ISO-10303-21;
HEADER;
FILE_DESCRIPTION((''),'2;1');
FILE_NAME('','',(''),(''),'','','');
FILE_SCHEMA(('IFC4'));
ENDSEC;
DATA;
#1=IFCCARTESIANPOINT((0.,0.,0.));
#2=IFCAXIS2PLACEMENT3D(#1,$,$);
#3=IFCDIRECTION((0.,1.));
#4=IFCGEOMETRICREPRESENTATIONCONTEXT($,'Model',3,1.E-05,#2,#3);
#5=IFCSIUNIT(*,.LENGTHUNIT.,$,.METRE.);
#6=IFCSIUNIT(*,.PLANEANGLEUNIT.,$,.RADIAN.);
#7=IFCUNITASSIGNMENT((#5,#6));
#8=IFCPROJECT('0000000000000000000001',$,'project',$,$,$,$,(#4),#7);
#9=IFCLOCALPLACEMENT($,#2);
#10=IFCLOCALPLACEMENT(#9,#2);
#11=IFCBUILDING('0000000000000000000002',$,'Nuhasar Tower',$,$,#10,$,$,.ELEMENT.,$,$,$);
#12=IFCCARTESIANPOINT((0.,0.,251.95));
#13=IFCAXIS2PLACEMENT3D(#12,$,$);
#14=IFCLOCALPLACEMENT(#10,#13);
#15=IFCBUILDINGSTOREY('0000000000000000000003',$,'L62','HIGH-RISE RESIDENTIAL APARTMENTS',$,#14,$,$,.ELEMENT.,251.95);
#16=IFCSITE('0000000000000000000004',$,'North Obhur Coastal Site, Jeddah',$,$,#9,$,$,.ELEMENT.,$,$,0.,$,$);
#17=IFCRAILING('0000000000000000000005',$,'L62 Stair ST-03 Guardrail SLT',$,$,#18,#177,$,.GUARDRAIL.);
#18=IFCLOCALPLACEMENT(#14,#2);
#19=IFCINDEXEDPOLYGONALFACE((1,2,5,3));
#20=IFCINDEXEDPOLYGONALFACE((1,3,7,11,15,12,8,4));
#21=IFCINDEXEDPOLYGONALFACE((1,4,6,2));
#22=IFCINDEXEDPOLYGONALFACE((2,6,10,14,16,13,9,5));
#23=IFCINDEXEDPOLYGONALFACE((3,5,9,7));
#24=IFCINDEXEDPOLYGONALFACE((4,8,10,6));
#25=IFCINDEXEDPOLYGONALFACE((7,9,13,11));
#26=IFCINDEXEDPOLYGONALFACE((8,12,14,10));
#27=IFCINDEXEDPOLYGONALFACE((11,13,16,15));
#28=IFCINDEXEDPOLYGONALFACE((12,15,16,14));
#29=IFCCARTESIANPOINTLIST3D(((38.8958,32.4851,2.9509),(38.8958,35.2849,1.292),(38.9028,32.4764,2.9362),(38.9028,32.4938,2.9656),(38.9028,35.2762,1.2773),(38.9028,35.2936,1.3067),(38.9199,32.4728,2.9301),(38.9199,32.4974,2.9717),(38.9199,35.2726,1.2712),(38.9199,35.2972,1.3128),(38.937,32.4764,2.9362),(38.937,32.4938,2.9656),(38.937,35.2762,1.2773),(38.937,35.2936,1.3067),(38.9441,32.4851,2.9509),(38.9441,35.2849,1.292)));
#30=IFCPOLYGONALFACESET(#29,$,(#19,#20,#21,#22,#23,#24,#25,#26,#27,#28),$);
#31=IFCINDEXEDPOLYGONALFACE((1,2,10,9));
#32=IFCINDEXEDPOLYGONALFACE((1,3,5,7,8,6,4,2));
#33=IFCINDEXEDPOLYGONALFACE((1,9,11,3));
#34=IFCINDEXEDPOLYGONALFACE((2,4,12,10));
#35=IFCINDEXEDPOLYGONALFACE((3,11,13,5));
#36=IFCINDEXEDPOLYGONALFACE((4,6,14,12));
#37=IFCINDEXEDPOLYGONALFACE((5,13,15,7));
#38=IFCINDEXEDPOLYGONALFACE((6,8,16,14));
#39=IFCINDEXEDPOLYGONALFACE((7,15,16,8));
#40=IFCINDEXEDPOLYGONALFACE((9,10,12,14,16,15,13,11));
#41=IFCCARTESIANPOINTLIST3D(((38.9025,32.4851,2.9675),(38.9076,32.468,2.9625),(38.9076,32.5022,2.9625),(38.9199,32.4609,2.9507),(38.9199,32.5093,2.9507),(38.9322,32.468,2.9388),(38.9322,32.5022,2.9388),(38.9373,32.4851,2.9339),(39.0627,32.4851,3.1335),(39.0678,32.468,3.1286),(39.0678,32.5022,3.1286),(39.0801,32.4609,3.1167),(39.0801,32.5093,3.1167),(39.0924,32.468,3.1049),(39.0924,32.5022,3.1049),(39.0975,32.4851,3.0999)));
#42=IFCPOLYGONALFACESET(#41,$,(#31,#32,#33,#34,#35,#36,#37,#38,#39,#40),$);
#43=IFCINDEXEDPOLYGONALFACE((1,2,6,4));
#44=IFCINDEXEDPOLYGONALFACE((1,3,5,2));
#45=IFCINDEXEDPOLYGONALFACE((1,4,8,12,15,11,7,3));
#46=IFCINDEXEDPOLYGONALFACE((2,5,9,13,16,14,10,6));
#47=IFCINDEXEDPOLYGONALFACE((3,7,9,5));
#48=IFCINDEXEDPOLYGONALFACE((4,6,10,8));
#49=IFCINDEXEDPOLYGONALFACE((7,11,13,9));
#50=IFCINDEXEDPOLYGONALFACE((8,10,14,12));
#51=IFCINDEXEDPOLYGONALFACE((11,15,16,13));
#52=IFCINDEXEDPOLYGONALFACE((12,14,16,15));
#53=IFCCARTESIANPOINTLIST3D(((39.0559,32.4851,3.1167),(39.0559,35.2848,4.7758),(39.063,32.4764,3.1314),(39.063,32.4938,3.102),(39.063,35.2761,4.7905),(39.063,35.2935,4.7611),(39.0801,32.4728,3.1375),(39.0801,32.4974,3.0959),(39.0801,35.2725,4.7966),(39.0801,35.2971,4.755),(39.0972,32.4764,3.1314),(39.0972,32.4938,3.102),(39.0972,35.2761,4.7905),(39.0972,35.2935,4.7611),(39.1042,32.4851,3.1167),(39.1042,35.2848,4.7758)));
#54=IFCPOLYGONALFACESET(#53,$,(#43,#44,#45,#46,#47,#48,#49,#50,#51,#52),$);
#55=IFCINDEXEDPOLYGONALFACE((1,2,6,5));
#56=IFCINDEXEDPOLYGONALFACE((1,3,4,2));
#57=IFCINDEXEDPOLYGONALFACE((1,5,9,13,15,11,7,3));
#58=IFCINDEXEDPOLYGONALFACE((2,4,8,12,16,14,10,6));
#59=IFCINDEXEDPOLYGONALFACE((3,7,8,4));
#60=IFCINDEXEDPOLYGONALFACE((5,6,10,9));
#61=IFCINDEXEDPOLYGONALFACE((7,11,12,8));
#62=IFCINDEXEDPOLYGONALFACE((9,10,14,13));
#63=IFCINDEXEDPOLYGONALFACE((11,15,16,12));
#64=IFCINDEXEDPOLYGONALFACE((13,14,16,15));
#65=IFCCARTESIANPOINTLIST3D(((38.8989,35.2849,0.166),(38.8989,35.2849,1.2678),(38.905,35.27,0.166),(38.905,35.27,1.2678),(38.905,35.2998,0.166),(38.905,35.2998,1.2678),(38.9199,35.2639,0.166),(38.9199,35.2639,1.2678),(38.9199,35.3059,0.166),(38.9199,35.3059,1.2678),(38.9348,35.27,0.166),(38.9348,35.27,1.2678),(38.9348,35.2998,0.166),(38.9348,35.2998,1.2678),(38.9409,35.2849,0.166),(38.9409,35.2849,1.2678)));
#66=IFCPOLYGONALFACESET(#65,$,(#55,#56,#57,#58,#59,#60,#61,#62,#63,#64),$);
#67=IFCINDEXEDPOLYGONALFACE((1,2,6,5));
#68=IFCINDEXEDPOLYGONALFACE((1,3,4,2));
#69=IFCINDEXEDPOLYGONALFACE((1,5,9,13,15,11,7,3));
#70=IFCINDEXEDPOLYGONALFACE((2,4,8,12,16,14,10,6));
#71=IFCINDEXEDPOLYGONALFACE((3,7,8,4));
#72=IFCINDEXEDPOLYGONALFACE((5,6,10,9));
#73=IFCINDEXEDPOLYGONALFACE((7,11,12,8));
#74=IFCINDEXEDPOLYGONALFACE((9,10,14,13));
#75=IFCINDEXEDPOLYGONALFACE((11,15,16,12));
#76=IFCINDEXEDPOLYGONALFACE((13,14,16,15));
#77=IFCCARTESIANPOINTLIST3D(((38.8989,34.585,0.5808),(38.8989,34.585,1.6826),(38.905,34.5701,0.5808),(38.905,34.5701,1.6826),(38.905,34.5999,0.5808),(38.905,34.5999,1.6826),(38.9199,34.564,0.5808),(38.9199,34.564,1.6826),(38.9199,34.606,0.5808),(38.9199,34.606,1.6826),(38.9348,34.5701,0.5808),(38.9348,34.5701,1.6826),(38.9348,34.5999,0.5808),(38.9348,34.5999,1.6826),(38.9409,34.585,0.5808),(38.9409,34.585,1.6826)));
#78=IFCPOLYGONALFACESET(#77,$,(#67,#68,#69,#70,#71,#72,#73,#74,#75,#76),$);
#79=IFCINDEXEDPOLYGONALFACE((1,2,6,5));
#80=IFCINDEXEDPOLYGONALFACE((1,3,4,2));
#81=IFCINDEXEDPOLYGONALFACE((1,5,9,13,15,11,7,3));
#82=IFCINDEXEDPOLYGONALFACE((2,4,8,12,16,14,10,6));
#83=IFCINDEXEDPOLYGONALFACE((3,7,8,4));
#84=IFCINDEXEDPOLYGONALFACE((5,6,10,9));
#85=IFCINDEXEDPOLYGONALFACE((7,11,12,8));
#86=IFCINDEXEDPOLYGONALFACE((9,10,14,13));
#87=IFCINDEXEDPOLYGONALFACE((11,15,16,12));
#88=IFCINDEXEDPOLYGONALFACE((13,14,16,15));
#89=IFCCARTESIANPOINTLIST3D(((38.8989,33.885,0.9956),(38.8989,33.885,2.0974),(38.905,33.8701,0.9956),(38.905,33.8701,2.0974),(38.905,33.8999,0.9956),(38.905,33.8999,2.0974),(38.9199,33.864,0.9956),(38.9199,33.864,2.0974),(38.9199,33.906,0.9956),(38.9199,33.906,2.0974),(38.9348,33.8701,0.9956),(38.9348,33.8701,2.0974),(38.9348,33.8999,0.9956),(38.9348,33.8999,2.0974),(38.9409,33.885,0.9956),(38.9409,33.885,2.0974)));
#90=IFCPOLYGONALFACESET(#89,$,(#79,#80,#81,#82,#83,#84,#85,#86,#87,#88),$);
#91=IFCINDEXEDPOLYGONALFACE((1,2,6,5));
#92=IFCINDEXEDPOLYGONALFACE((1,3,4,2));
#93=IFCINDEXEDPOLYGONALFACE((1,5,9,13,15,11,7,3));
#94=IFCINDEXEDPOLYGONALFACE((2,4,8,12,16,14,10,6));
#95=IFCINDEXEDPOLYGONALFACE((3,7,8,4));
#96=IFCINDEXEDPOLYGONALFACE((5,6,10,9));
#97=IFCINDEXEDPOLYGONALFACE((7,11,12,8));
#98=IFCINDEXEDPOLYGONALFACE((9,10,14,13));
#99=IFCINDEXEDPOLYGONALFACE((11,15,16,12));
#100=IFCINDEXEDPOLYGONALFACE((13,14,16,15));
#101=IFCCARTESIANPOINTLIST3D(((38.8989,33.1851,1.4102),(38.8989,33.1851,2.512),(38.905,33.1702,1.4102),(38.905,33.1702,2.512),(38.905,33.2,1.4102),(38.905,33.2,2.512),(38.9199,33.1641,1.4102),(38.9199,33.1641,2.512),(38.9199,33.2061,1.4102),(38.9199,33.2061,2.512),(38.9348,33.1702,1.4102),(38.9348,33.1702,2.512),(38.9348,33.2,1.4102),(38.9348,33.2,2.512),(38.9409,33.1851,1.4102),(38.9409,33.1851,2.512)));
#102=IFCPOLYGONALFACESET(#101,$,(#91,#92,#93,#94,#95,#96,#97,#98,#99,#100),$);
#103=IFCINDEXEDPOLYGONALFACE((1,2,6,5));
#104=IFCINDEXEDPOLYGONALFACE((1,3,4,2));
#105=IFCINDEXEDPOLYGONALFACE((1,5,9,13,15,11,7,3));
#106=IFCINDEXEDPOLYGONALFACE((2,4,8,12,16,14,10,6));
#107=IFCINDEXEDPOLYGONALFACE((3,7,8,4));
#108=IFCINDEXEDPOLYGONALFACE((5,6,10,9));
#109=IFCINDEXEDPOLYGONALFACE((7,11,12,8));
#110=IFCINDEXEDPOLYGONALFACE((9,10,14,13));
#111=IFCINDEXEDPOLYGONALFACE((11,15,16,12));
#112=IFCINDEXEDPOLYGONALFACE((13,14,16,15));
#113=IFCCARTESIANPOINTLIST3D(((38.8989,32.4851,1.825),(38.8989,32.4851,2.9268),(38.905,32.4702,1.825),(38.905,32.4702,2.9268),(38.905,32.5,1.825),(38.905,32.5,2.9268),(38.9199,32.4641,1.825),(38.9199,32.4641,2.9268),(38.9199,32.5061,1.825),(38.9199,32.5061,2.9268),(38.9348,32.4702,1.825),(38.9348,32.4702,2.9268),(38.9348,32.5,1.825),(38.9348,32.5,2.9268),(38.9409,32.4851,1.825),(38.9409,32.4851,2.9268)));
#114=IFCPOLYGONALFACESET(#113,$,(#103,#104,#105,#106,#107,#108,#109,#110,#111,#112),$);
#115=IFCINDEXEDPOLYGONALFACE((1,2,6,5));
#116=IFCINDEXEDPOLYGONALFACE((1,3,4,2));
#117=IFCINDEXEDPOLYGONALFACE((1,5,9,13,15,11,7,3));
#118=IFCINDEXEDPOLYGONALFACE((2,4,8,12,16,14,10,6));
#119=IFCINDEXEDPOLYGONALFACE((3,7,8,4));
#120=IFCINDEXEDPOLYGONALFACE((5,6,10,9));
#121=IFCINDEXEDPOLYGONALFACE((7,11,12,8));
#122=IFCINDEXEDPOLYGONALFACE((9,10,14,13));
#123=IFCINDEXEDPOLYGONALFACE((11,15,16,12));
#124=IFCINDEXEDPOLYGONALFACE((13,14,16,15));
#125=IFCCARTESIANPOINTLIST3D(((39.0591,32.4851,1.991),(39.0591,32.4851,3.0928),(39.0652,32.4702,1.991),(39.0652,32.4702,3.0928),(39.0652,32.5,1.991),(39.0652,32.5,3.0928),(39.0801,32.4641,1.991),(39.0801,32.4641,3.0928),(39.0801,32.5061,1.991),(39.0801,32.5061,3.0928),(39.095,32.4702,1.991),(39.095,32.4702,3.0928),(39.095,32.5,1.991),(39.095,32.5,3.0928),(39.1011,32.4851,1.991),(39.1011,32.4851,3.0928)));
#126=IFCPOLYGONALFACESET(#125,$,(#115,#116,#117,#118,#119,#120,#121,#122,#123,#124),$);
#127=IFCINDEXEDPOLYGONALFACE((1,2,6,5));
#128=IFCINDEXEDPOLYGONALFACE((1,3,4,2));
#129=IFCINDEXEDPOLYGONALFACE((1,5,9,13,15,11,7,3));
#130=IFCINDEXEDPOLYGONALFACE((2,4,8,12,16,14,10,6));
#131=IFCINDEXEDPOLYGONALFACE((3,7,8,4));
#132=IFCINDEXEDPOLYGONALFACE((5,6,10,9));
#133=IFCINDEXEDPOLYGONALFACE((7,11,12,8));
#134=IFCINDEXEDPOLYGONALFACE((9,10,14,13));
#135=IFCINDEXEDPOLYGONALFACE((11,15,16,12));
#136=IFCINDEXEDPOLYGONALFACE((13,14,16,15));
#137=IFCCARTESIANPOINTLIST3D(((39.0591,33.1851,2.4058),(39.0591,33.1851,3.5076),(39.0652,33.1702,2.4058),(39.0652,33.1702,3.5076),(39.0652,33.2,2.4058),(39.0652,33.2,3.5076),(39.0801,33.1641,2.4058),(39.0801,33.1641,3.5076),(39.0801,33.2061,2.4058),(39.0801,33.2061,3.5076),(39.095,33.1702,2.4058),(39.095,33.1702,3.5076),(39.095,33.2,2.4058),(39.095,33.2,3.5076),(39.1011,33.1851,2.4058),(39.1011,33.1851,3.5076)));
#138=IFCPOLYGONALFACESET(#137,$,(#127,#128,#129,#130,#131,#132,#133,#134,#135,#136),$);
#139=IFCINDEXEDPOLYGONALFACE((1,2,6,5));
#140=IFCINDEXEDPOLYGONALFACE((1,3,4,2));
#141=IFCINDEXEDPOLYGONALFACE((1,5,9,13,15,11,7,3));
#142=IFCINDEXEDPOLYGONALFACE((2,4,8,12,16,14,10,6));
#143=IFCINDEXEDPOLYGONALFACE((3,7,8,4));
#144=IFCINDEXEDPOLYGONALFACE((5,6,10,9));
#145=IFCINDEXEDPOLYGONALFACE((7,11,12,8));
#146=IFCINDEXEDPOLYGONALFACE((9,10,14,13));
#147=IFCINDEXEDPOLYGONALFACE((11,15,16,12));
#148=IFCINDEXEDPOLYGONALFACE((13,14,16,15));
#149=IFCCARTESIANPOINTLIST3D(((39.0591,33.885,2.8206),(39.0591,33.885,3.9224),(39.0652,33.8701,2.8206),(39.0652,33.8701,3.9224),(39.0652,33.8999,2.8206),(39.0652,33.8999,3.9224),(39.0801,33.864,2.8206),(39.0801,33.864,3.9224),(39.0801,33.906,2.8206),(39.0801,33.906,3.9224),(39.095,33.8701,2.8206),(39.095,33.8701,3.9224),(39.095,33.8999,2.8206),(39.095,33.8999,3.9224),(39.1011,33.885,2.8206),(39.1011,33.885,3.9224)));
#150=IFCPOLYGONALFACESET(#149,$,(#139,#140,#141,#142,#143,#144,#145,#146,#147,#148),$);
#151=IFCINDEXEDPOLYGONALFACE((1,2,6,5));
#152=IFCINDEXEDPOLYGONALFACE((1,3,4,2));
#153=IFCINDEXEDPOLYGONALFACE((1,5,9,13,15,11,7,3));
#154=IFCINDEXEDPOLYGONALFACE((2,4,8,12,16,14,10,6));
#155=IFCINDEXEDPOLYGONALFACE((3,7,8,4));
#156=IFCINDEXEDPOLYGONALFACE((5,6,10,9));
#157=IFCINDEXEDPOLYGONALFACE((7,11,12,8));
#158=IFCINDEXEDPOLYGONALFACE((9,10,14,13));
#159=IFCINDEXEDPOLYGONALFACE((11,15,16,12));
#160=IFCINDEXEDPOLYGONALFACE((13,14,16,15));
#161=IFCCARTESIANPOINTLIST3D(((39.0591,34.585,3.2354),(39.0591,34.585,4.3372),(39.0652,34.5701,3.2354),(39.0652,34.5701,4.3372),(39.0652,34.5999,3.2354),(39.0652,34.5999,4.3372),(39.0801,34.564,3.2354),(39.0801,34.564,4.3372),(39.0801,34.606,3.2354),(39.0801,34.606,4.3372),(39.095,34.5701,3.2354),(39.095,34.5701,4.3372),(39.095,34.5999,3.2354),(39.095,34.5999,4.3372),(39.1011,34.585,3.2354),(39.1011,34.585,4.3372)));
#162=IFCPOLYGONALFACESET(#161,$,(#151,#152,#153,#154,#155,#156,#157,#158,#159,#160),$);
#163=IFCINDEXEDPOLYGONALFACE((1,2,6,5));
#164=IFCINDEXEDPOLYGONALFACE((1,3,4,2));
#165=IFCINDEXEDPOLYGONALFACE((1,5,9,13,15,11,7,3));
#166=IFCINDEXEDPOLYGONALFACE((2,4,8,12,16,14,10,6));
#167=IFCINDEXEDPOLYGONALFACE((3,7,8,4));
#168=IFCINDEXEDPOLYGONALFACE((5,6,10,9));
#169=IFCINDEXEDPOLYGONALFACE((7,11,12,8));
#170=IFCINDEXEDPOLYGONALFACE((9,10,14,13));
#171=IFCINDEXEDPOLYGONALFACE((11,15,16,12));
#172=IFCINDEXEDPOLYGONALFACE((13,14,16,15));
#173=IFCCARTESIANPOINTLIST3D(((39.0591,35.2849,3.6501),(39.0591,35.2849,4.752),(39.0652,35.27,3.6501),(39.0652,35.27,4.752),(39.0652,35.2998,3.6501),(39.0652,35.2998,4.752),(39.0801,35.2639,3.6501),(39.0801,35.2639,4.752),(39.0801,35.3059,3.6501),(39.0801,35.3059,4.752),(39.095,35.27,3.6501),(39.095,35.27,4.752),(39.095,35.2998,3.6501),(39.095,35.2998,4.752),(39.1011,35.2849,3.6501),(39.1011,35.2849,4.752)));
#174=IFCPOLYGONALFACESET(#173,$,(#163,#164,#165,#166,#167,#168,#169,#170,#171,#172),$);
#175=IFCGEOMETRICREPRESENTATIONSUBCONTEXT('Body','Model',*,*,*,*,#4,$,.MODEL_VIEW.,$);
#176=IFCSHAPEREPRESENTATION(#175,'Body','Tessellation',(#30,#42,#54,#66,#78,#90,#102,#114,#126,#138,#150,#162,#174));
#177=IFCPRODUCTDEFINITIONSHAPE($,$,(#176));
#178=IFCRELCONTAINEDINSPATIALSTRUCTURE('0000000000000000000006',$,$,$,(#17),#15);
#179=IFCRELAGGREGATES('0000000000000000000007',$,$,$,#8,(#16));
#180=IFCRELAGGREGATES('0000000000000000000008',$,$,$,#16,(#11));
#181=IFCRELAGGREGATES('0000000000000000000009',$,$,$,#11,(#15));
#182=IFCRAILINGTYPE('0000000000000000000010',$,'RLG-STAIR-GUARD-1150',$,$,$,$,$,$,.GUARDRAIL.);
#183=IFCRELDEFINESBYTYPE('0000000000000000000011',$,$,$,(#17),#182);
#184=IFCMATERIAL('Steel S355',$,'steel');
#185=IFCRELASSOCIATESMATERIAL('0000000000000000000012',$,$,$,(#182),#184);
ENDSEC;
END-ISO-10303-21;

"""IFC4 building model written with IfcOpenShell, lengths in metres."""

from ifc_helpers import new_model, si_unit, direction, frame, origin, place, context, subcontext, project, spatial, polyline, outline, extrude, material, type_object, element, save


model = new_model("IFC4")

# Units and contexts
model_context = context("Model", 3, precision=1e-05, world=origin(), true_north=direction((0.0, 1.0)))
body_context = subcontext(model_context, "Body", "Model", "MODEL_VIEW")
ifc_project = project(units=[si_unit("LENGTHUNIT", "METRE"), si_unit("PLANEANGLEUNIT", "RADIAN")], contexts=[model_context])

# Site, building, storey
site_placement = place(None, origin())
site = spatial("IfcSite", under=ifc_project, at=site_placement, Name="North Obhur Coastal Site, Jeddah", CompositionType="ELEMENT", RefElevation=0.0)
building_placement = place(site_placement, origin())
building = spatial("IfcBuilding", under=site, at=building_placement, Name="Nuhasar Tower", CompositionType="ELEMENT")
storey_placement = place(building_placement, frame((0.0, 0.0, 251.95)))
storey = spatial("IfcBuildingStorey", under=building, at=storey_placement, Name="L62", Description="HIGH-RISE RESIDENTIAL APARTMENTS", CompositionType="ELEMENT", Elevation=251.95)

# Shared definitions
ifc_material_1 = material(Name="Steel S355", Category="steel")

# Railing
railing_type_1 = type_object("IfcRailingType", Name="RLG-STAIR-GUARD-1150", PredefinedType="GUARDRAIL", material=ifc_material_1)
railing_1_placement = place(storey_placement, frame((38.9199, 35.2849, 0.166)))
element("IfcRailing", 1, at=railing_1_placement, inside=storey, type_object=railing_type_1, Name="L62 Stair ST-03 Guardrail SLT", PredefinedType="GUARDRAIL", context=body_context, shape_type="SweptSolid", body=[
    extrude(outline(polyline([(0.0242, 0.0), (0.0171, 0.0171), (0.0, 0.0242), (-0.0171, 0.0171), (-0.0242, 0.0), (-0.0171, -0.0171), (0.0, -0.0242), (0.0171, -0.0171), (0.0242, 0.0)])), frame((0.0, 0.0, 1.126), z_axis=(0.0, -0.86032, 0.509755), x_axis=(1.0, 0.0, 0.0)), (0.0, 0.0, 1.0), 3.2544),
    extrude(outline(polyline([(0.0242, 0.0), (0.0171, 0.0171), (0.0, 0.0242), (-0.0171, 0.0171), (-0.0242, 0.0), (-0.0171, -0.0171), (0.0, -0.0242), (0.0171, -0.0171), (0.0242, 0.0)])), frame((0.0, -2.7998, 2.7847), z_axis=(0.694292, 0.0, 0.719693), x_axis=(0.0, 1.0, 0.0)), (0.0, 0.0, 1.0), 0.2307),
    extrude(outline(polyline([(0.0242, 0.0), (0.0171, 0.0171), (0.0, 0.0242), (-0.0171, 0.0171), (-0.0242, 0.0), (-0.0171, -0.0171), (0.0, -0.0242), (0.0171, -0.0171), (0.0242, 0.0)])), frame((0.1602, -2.7998, 2.9507), z_axis=(0.0, 0.860287, 0.509811), x_axis=(-1.0, 0.0, 0.0)), (0.0, 0.0, 1.0), 3.2544),
    extrude(outline(polyline([(0.021, 0.0), (0.0149, 0.0149), (0.0, 0.021), (-0.0149, 0.0149), (-0.021, 0.0), (-0.0149, -0.0149), (0.0, -0.021), (0.0149, -0.0149), (0.021, 0.0)])), origin(), (0.0, 0.0, 1.0), 1.1018),
    extrude(outline(polyline([(0.021, 0.0), (0.0149, 0.0149), (0.0, 0.021), (-0.0149, 0.0149), (-0.021, 0.0), (-0.0149, -0.0149), (0.0, -0.021), (0.0149, -0.0149), (0.021, 0.0)])), frame((0.0, -0.7, 0.4148)), (0.0, 0.0, 1.0), 1.1018),
    extrude(outline(polyline([(0.021, 0.0), (0.0149, 0.0149), (0.0, 0.021), (-0.0149, 0.0149), (-0.021, 0.0), (-0.0149, -0.0149), (0.0, -0.021), (0.0149, -0.0149), (0.021, 0.0)])), frame((0.0, -1.3999, 0.8296)), (0.0, 0.0, 1.0), 1.1018),
    extrude(outline(polyline([(0.021, 0.0), (0.0149, 0.0149), (0.0, 0.021), (-0.0149, 0.0149), (-0.021, 0.0), (-0.0149, -0.0149), (0.0, -0.021), (0.0149, -0.0149), (0.021, 0.0)])), frame((0.0, -2.0999, 1.2441)), (0.0, 0.0, 1.0), 1.1018),
    extrude(outline(polyline([(0.021, 0.0), (0.0149, 0.0149), (0.0, 0.021), (-0.0149, 0.0149), (-0.021, 0.0), (-0.0149, -0.0149), (0.0, -0.021), (0.0149, -0.0149), (0.021, 0.0)])), frame((0.0, -2.7998, 1.6589)), (0.0, 0.0, 1.0), 1.1018),
    extrude(outline(polyline([(0.021, 0.0), (0.0149, 0.0149), (0.0, 0.021), (-0.0149, 0.0149), (-0.021, 0.0), (-0.0149, -0.0149), (0.0, -0.021), (0.0149, -0.0149), (0.021, 0.0)])), frame((0.1602, -2.7998, 1.825)), (0.0, 0.0, 1.0), 1.1018),
    extrude(outline(polyline([(0.021, 0.0), (0.0149, 0.0149), (0.0, 0.021), (-0.0149, 0.0149), (-0.021, 0.0), (-0.0149, -0.0149), (0.0, -0.021), (0.0149, -0.0149), (0.021, 0.0)])), frame((0.1602, -2.0999, 2.2397)), (0.0, 0.0, 1.0), 1.1018),
    extrude(outline(polyline([(0.021, 0.0), (0.0149, 0.0149), (0.0, 0.021), (-0.0149, 0.0149), (-0.021, 0.0), (-0.0149, -0.0149), (0.0, -0.021), (0.0149, -0.0149), (0.021, 0.0)])), frame((0.1602, -1.3999, 2.6545)), (0.0, 0.0, 1.0), 1.1018),
    extrude(outline(polyline([(0.021, 0.0), (0.0149, 0.0149), (0.0, 0.021), (-0.0149, 0.0149), (-0.021, 0.0), (-0.0149, -0.0149), (0.0, -0.021), (0.0149, -0.0149), (0.021, 0.0)])), frame((0.1602, -0.7, 3.0693)), (0.0, 0.0, 1.0), 1.1018),
    extrude(outline(polyline([(0.021, 0.0), (0.0149, 0.0149), (0.0, 0.021), (-0.0149, 0.0149), (-0.021, 0.0), (-0.0149, -0.0149), (0.0, -0.021), (0.0149, -0.0149), (0.021, 0.0)])), frame((0.1602, 0.0, 3.4841)), (0.0, 0.0, 1.0), 1.1018),
])

save(model, "model.ifc")
